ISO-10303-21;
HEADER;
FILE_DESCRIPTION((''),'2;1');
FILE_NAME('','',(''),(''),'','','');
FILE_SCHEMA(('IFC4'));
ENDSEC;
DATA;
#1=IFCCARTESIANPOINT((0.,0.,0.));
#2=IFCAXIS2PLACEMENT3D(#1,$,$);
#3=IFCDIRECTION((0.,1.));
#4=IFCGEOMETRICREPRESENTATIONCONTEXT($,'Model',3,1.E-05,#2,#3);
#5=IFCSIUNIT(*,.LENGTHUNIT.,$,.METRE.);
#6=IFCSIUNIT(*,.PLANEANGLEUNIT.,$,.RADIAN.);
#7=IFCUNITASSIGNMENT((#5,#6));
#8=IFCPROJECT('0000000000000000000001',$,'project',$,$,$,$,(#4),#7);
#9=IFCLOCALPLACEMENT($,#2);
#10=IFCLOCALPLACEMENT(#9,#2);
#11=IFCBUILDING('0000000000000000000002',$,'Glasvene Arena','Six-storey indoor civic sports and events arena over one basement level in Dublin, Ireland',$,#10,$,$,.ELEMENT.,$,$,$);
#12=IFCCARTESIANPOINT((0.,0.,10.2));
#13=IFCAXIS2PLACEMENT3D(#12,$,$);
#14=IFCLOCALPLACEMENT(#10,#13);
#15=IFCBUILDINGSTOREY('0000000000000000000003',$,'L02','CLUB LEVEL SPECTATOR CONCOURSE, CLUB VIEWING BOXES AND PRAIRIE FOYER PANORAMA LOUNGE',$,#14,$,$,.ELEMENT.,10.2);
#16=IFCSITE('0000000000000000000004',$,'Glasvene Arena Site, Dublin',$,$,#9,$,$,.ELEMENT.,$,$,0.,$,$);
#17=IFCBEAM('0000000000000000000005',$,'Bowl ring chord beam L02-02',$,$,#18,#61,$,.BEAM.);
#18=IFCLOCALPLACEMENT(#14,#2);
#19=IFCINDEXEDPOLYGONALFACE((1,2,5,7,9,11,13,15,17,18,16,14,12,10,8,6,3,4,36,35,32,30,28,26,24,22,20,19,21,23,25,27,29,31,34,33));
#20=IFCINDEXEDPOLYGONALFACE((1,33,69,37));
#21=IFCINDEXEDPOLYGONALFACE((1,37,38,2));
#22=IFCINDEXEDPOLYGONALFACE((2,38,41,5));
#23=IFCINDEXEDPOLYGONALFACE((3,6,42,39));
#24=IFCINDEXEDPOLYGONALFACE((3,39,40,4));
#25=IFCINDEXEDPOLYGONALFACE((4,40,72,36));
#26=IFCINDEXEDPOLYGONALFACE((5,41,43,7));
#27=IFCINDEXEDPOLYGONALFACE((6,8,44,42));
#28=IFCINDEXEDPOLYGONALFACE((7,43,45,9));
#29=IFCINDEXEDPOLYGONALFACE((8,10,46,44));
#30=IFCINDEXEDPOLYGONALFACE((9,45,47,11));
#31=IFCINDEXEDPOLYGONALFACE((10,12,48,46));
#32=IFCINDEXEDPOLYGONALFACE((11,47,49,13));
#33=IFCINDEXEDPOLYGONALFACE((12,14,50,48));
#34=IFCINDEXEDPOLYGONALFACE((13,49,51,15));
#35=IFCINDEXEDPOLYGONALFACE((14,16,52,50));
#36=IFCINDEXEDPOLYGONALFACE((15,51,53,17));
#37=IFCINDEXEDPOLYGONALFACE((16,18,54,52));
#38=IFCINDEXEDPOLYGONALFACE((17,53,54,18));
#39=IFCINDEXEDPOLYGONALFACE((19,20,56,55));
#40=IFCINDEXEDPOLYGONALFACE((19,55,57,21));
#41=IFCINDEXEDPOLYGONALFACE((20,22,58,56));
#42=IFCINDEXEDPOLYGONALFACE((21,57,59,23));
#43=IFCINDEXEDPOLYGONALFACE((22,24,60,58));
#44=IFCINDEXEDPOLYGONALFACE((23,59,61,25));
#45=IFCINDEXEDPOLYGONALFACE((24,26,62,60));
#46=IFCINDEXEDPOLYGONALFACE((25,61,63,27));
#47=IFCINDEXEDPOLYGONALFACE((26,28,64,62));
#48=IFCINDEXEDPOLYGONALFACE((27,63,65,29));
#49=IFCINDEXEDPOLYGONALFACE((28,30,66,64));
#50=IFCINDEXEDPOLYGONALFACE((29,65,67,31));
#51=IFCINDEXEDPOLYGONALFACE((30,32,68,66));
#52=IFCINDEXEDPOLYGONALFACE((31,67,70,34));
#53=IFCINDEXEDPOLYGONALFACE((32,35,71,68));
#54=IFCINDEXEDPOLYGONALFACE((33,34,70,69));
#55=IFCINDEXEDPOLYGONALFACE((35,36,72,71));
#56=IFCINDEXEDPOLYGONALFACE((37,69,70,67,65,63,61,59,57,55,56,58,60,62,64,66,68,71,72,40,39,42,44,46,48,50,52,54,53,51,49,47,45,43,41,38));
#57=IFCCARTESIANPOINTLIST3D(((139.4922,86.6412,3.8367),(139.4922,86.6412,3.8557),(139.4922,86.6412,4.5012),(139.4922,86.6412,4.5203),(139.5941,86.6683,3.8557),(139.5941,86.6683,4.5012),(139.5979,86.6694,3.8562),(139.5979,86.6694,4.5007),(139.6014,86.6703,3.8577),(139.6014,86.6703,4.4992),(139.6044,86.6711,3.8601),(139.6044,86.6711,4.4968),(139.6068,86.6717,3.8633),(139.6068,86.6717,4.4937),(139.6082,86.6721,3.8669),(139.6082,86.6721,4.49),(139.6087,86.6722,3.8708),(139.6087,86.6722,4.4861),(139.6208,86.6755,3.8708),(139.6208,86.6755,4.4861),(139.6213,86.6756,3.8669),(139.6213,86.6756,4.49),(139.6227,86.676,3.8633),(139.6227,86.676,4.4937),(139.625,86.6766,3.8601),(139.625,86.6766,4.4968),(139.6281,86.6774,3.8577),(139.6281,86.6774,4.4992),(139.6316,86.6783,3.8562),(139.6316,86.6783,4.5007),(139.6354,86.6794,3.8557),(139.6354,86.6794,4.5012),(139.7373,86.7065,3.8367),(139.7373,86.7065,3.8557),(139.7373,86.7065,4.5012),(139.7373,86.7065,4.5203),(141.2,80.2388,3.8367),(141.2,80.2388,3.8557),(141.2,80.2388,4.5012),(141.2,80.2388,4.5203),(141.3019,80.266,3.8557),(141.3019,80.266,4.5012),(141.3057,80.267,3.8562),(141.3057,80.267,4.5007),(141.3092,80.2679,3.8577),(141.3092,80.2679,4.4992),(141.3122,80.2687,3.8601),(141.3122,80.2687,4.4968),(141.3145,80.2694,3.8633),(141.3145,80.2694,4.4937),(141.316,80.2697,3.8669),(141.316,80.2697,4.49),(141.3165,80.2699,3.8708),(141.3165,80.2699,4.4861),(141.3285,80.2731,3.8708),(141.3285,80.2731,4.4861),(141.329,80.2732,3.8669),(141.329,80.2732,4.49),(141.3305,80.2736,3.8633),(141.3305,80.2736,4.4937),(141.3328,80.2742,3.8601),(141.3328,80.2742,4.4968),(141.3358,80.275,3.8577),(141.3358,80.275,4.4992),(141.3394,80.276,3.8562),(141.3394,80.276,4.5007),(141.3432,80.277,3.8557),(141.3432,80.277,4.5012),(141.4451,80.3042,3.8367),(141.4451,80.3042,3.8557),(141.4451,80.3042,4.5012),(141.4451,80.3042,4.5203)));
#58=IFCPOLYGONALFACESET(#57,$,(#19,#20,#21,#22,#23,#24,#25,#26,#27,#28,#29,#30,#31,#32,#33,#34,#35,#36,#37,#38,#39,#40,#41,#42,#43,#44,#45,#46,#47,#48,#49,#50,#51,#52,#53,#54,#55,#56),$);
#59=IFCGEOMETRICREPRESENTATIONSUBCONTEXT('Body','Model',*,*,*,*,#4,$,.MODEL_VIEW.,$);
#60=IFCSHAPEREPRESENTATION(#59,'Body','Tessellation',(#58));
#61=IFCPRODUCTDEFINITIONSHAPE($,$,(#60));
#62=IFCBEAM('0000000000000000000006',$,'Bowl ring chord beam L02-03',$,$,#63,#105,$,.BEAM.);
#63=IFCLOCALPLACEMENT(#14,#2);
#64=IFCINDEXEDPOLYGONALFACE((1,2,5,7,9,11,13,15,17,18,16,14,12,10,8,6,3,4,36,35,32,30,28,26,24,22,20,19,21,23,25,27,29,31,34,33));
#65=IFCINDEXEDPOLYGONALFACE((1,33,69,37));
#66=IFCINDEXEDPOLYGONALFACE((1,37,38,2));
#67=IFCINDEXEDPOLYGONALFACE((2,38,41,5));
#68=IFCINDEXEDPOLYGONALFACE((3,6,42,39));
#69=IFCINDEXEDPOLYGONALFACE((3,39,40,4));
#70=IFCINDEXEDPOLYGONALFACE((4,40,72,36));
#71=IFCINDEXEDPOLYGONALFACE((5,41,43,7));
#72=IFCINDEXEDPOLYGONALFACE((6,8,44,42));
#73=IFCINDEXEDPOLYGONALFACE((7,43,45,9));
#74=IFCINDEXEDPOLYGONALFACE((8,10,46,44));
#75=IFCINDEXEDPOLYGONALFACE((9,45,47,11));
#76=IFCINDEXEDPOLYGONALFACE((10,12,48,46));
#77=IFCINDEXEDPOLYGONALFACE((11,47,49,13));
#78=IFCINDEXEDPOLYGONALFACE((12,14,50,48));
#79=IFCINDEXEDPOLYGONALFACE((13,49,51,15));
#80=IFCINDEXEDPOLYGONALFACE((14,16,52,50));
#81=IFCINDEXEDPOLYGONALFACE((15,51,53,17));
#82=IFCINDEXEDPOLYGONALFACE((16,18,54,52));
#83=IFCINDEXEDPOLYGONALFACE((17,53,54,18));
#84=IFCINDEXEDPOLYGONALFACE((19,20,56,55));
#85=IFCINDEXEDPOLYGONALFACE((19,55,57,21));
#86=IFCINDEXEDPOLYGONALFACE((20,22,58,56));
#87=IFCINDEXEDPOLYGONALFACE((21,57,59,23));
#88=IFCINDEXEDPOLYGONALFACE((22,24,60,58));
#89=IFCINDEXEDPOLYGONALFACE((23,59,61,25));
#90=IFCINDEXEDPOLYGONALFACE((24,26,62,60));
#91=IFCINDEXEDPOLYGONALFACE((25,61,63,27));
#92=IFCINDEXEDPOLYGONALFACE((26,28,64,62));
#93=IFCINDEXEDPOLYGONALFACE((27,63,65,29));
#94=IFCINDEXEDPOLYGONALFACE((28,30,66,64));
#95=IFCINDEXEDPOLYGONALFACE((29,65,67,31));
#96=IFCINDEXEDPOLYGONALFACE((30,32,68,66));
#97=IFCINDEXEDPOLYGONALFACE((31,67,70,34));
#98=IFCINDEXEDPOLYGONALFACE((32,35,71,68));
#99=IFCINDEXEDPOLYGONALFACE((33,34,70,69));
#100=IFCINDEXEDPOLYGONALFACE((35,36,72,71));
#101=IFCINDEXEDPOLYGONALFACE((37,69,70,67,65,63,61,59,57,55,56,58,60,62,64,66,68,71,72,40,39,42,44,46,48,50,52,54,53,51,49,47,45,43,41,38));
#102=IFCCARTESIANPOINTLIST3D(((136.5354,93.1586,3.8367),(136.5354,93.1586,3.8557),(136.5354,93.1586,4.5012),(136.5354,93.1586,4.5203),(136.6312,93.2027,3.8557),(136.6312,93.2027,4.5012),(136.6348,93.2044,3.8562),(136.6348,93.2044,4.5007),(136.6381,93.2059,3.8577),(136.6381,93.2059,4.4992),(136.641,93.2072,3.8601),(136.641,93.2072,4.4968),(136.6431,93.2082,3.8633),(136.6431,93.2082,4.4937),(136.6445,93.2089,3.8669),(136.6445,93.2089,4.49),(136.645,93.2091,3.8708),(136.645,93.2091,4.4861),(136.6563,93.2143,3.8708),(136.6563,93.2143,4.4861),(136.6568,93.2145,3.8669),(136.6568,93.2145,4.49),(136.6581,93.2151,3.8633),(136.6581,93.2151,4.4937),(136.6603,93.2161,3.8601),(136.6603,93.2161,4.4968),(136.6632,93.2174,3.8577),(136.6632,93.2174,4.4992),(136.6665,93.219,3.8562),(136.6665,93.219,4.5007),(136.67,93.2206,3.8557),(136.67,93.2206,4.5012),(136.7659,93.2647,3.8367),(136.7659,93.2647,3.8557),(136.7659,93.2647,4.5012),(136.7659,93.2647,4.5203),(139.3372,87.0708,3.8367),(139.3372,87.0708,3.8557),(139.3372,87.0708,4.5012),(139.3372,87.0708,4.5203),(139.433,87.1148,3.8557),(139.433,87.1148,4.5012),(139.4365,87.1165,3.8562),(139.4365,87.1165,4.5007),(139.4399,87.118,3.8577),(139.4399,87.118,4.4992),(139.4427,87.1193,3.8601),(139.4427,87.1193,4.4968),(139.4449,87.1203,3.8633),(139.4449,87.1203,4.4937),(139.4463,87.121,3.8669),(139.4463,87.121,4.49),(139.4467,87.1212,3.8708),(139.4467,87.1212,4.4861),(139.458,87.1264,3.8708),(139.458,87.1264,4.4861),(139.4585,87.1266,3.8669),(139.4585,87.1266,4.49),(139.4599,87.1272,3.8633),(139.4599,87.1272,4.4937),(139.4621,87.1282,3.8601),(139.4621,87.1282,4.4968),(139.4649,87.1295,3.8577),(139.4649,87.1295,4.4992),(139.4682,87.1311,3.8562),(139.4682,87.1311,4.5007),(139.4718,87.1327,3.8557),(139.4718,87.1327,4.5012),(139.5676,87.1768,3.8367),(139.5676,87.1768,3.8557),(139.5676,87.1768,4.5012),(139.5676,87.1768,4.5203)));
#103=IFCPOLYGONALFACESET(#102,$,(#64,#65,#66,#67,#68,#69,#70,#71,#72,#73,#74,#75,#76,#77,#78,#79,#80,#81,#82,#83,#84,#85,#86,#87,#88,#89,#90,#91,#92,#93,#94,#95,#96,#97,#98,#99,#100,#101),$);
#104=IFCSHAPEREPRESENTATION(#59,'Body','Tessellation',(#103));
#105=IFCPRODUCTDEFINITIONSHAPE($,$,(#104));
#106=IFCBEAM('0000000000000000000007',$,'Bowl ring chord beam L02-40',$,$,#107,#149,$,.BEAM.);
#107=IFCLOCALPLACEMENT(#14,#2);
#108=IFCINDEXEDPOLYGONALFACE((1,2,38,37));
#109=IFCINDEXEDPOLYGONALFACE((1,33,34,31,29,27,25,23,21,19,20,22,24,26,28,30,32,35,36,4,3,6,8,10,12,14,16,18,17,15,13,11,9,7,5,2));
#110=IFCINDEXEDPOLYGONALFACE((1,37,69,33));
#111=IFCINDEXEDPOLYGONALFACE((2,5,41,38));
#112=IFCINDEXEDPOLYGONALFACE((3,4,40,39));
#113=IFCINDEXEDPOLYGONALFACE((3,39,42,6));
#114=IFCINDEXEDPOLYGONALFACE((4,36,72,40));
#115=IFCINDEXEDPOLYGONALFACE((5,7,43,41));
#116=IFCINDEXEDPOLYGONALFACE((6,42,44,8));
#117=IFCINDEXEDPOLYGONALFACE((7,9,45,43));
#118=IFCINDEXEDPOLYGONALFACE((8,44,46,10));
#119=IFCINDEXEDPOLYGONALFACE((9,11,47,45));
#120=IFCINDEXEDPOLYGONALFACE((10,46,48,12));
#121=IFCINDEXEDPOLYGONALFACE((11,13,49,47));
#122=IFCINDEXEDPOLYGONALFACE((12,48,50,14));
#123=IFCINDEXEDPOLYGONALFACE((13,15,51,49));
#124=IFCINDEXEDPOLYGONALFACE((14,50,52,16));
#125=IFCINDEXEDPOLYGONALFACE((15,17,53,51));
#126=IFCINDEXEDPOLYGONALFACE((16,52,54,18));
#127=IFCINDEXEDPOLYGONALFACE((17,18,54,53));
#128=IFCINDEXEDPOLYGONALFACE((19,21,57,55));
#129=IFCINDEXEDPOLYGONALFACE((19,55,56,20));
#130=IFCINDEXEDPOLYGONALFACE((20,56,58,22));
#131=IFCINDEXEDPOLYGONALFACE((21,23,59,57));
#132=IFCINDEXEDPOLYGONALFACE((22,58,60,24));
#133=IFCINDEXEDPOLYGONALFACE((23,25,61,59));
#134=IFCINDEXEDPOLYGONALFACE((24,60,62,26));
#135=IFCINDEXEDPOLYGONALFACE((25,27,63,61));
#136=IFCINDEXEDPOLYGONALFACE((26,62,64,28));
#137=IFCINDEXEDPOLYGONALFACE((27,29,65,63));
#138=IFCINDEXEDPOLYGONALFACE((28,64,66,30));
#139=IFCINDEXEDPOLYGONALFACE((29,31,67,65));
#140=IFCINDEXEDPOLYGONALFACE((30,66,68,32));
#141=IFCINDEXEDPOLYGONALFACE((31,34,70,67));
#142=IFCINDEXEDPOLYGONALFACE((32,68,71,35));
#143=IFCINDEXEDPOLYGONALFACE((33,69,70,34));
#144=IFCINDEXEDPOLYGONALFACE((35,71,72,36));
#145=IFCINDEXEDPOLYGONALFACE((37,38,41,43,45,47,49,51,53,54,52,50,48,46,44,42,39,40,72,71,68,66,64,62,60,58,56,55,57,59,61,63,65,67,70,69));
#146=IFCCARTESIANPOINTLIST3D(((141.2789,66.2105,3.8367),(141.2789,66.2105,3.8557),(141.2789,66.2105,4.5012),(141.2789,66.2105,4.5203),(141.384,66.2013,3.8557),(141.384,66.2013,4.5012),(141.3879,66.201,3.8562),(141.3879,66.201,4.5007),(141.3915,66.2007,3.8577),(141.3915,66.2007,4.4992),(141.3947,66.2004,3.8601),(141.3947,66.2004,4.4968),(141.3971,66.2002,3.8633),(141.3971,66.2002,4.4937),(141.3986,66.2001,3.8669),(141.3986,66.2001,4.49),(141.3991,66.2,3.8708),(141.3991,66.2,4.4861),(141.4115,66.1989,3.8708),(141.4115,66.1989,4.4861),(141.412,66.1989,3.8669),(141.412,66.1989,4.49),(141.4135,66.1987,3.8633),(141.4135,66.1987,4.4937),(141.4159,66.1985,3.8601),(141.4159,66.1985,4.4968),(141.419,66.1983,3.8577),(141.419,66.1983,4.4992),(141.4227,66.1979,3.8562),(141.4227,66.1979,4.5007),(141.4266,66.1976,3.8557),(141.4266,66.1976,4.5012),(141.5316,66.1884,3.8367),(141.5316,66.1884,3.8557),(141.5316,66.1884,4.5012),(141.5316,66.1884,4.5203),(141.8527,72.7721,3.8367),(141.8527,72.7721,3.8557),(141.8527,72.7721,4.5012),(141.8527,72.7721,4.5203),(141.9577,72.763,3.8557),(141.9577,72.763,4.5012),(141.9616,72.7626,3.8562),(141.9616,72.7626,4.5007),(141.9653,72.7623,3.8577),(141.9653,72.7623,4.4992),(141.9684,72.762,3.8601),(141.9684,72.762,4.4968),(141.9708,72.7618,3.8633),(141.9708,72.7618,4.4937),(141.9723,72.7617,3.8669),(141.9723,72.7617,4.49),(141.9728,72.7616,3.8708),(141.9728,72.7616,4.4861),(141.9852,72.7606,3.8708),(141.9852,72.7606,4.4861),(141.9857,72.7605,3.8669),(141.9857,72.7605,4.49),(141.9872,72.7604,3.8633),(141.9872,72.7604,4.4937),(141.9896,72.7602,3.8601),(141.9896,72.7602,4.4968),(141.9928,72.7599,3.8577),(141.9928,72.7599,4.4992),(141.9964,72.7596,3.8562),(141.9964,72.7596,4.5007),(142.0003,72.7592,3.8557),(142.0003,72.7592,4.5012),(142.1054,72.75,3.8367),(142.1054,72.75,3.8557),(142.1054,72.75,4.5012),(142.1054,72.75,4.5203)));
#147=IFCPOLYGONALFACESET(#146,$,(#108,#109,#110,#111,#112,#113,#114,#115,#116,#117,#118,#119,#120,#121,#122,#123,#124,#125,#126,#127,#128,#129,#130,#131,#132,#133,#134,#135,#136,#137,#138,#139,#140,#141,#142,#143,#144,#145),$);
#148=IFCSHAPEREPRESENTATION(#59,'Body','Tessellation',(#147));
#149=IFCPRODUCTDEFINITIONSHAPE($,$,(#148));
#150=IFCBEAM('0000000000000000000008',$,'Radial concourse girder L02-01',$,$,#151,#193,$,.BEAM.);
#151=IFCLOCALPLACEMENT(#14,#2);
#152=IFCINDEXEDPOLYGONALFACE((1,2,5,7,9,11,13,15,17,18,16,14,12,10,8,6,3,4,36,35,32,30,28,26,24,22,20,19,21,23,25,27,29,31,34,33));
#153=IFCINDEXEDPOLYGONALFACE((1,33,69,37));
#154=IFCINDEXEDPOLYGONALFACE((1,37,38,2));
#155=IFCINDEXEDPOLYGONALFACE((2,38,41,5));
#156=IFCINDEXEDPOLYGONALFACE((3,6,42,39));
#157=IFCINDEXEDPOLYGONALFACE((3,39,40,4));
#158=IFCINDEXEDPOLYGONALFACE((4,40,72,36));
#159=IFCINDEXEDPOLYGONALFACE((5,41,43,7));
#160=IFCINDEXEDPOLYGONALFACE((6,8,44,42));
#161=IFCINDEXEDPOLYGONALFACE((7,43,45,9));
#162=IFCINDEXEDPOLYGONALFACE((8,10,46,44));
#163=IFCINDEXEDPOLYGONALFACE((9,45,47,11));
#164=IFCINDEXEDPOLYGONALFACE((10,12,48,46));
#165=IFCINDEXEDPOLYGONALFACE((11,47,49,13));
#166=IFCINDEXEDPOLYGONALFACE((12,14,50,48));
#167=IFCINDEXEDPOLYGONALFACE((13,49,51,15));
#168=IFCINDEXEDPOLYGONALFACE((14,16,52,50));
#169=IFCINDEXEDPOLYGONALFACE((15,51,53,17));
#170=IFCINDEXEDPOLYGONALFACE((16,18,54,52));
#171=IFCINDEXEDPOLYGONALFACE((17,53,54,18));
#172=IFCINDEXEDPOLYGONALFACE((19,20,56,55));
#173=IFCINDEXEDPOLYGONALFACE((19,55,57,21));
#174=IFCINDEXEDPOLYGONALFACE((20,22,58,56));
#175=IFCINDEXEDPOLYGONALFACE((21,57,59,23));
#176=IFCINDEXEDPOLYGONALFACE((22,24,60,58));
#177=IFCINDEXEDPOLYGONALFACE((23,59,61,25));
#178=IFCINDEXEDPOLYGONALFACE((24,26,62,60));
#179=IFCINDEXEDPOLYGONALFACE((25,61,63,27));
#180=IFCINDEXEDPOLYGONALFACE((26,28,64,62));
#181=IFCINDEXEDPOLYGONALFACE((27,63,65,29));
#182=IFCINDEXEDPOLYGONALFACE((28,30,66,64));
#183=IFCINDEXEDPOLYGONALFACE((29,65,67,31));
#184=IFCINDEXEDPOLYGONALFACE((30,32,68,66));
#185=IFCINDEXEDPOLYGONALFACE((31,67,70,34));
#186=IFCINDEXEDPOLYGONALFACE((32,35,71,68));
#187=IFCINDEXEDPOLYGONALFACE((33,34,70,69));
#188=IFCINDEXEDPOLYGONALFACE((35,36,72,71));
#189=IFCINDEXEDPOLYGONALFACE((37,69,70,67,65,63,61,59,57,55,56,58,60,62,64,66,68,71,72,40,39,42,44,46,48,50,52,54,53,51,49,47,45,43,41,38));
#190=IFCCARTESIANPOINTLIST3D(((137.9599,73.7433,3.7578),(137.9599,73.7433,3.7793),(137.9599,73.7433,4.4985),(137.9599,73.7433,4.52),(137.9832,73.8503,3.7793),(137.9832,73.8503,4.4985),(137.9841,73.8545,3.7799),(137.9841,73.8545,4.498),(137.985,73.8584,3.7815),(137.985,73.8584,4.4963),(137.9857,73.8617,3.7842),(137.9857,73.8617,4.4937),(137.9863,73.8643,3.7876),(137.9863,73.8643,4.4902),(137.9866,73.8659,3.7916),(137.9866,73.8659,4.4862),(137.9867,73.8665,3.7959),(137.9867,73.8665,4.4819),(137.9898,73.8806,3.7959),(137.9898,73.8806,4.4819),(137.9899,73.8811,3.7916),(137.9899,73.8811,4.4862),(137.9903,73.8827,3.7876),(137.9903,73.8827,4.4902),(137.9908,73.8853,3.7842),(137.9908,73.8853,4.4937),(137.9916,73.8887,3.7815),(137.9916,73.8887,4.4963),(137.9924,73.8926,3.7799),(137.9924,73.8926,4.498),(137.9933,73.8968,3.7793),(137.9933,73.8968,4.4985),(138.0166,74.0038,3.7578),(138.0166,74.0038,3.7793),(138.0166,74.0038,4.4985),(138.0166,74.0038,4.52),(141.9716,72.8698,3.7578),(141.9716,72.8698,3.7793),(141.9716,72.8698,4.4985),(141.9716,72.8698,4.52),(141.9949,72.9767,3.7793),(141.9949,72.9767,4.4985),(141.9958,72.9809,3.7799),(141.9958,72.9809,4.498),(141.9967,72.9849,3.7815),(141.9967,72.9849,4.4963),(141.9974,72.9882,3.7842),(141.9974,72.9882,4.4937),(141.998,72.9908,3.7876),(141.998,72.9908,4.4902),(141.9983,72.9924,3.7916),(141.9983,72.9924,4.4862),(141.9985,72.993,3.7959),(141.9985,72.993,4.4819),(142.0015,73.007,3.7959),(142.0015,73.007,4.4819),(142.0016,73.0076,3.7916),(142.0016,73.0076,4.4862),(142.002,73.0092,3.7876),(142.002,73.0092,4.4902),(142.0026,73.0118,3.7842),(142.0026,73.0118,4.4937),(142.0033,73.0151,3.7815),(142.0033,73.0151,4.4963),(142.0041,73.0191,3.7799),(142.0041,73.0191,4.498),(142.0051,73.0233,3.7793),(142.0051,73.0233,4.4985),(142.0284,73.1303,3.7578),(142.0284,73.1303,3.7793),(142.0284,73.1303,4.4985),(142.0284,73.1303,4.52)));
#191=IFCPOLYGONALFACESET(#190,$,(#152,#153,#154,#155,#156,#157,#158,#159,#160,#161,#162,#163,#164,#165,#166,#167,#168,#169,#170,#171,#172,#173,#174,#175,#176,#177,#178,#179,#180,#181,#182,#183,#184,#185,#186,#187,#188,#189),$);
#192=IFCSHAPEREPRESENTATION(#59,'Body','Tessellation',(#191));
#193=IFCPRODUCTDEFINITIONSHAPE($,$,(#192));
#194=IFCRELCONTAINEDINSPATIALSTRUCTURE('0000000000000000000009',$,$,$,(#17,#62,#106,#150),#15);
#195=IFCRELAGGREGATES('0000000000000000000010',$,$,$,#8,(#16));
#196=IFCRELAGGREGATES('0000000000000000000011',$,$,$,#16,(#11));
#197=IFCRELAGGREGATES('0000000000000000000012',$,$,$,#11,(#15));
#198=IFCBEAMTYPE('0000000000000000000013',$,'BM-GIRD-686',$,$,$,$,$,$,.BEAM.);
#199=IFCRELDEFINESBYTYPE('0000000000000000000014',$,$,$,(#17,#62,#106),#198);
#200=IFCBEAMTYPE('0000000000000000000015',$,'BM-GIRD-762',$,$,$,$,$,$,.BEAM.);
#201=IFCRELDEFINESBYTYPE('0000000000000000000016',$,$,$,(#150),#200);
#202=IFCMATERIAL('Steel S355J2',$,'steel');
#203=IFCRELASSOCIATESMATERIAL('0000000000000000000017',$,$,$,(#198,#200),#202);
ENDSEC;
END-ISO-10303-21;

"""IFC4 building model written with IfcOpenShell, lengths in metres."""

from ifc_helpers import new_model, si_unit, direction, frame, origin, origin_2d, place, context, subcontext, project, spatial, i_section, extrude, material, material_profile, profile_set, type_object, element, save


model = new_model("IFC4")

# Units and contexts
model_context = context("Model", 3, precision=1e-05, world=origin(), true_north=direction((0.0, 1.0)))
body_context = subcontext(model_context, "Body", "Model", "MODEL_VIEW")
ifc_project = project(units=[si_unit("LENGTHUNIT", "METRE"), si_unit("PLANEANGLEUNIT", "RADIAN")], contexts=[model_context])

# Site, building, storey
site_placement = place(None, origin())
site = spatial("IfcSite", under=ifc_project, at=site_placement, Name="Glasvene Arena Site, Dublin", CompositionType="ELEMENT", RefElevation=0.0)
building_placement = place(site_placement, origin())
building = spatial("IfcBuilding", under=site, at=building_placement, Name="Glasvene Arena", Description="Six-storey indoor civic sports and events arena over one basement level in Dublin, Ireland", CompositionType="ELEMENT")
storey_placement = place(building_placement, frame((0.0, 0.0, 10.2)))
storey = spatial("IfcBuildingStorey", under=building, at=storey_placement, Name="L02", Description="CLUB LEVEL SPECTATOR CONCOURSE, CLUB VIEWING BOXES AND PRAIRIE FOYER PANORAMA LOUNGE", CompositionType="ELEMENT", Elevation=10.2)

# Shared definitions
ifc_material_1 = material(Name="Steel S355J2", Category="steel")

# Beams
ifc_material_profile_1 = material_profile(ifc_material_1, i_section(OverallWidth=0.2537, OverallDepth=0.6836, WebThickness=0.0125, FlangeThickness=0.019, FilletRadius=0.0151, at=origin_2d()), Name="UKB 686x254x140")
ifc_profile_set_1 = profile_set([ifc_material_profile_1], Name="Steel S355J2")
beam_type_1 = type_object("IfcBeamType", Name="BM-GIRD-686", PredefinedType="BEAM", material=ifc_profile_set_1)
beam_1_placement = place(storey_placement, frame((141.3225, 80.2715, 4.1785), z_axis=(-0.257729, 0.966217, 0.0), x_axis=(-0.966217, -0.257729, 0.0)))
element("IfcBeam", 1, at=beam_1_placement, inside=storey, type_object=beam_type_1, Name="Bowl ring chord beam L02-02", PredefinedType="BEAM", context=body_context, shape_type="SweptSolid", body=[
    extrude(i_section(OverallWidth=0.2537, OverallDepth=0.6836, WebThickness=0.0125, FlangeThickness=0.019, FilletRadius=0.0151, at=origin_2d()), origin(), (0.0, 0.0, 1.0), 6.6262),
])
beam_2_placement = place(storey_placement, frame((139.4524, 87.1238, 4.1785), z_axis=(-0.418069, 0.908415, 0.0), x_axis=(-0.908415, -0.418069, 0.0)))
element("IfcBeam", 2, at=beam_2_placement, inside=storey, type_object=beam_type_1, Name="Bowl ring chord beam L02-03", PredefinedType="BEAM", context=body_context, shape_type="SweptSolid", body=[
    extrude(i_section(OverallWidth=0.2537, OverallDepth=0.6836, WebThickness=0.0125, FlangeThickness=0.019, FilletRadius=0.0151, at=origin_2d()), origin(), (0.0, 0.0, 1.0), 6.7017),
])
beam_3_placement = place(storey_placement, frame((141.4053, 66.1995, 4.1785), z_axis=(0.087106, 0.996199, 0.0), x_axis=(-0.996199, 0.087106, 0.0)))
element("IfcBeam", 3, at=beam_3_placement, inside=storey, type_object=beam_type_1, Name="Bowl ring chord beam L02-40", PredefinedType="BEAM", context=body_context, shape_type="SweptSolid", body=[
    extrude(i_section(OverallWidth=0.2537, OverallDepth=0.6836, WebThickness=0.0125, FlangeThickness=0.019, FilletRadius=0.0151, at=origin_2d()), origin(), (0.0, 0.0, 1.0), 6.5867),
])
ifc_material_profile_2 = material_profile(ifc_material_1, i_section(OverallWidth=0.2666, OverallDepth=0.7622, WebThickness=0.0144, FlangeThickness=0.0215, FilletRadius=0.0166, at=origin_2d()), Name="UKB 762x267x173")
ifc_profile_set_2 = profile_set([ifc_material_profile_2], Name="Steel S355J2")
beam_type_2 = type_object("IfcBeamType", Name="BM-GIRD-762", PredefinedType="BEAM", material=ifc_profile_set_2)
beam_4_placement = place(storey_placement, frame((137.9883, 73.8735, 4.1389), z_axis=(0.977104, -0.21276, 0.0), x_axis=(0.21276, 0.977104, 0.0)))
element("IfcBeam", 4, at=beam_4_placement, inside=storey, type_object=beam_type_2, Name="Radial concourse girder L02-01", PredefinedType="BEAM", context=body_context, shape_type="SweptSolid", body=[
    extrude(i_section(OverallWidth=0.2666, OverallDepth=0.7622, WebThickness=0.0144, FlangeThickness=0.0215, FilletRadius=0.0166, at=origin_2d()), origin(), (0.0, 0.0, 1.0), 4.1057),
])

save(model, "model.ifc")
